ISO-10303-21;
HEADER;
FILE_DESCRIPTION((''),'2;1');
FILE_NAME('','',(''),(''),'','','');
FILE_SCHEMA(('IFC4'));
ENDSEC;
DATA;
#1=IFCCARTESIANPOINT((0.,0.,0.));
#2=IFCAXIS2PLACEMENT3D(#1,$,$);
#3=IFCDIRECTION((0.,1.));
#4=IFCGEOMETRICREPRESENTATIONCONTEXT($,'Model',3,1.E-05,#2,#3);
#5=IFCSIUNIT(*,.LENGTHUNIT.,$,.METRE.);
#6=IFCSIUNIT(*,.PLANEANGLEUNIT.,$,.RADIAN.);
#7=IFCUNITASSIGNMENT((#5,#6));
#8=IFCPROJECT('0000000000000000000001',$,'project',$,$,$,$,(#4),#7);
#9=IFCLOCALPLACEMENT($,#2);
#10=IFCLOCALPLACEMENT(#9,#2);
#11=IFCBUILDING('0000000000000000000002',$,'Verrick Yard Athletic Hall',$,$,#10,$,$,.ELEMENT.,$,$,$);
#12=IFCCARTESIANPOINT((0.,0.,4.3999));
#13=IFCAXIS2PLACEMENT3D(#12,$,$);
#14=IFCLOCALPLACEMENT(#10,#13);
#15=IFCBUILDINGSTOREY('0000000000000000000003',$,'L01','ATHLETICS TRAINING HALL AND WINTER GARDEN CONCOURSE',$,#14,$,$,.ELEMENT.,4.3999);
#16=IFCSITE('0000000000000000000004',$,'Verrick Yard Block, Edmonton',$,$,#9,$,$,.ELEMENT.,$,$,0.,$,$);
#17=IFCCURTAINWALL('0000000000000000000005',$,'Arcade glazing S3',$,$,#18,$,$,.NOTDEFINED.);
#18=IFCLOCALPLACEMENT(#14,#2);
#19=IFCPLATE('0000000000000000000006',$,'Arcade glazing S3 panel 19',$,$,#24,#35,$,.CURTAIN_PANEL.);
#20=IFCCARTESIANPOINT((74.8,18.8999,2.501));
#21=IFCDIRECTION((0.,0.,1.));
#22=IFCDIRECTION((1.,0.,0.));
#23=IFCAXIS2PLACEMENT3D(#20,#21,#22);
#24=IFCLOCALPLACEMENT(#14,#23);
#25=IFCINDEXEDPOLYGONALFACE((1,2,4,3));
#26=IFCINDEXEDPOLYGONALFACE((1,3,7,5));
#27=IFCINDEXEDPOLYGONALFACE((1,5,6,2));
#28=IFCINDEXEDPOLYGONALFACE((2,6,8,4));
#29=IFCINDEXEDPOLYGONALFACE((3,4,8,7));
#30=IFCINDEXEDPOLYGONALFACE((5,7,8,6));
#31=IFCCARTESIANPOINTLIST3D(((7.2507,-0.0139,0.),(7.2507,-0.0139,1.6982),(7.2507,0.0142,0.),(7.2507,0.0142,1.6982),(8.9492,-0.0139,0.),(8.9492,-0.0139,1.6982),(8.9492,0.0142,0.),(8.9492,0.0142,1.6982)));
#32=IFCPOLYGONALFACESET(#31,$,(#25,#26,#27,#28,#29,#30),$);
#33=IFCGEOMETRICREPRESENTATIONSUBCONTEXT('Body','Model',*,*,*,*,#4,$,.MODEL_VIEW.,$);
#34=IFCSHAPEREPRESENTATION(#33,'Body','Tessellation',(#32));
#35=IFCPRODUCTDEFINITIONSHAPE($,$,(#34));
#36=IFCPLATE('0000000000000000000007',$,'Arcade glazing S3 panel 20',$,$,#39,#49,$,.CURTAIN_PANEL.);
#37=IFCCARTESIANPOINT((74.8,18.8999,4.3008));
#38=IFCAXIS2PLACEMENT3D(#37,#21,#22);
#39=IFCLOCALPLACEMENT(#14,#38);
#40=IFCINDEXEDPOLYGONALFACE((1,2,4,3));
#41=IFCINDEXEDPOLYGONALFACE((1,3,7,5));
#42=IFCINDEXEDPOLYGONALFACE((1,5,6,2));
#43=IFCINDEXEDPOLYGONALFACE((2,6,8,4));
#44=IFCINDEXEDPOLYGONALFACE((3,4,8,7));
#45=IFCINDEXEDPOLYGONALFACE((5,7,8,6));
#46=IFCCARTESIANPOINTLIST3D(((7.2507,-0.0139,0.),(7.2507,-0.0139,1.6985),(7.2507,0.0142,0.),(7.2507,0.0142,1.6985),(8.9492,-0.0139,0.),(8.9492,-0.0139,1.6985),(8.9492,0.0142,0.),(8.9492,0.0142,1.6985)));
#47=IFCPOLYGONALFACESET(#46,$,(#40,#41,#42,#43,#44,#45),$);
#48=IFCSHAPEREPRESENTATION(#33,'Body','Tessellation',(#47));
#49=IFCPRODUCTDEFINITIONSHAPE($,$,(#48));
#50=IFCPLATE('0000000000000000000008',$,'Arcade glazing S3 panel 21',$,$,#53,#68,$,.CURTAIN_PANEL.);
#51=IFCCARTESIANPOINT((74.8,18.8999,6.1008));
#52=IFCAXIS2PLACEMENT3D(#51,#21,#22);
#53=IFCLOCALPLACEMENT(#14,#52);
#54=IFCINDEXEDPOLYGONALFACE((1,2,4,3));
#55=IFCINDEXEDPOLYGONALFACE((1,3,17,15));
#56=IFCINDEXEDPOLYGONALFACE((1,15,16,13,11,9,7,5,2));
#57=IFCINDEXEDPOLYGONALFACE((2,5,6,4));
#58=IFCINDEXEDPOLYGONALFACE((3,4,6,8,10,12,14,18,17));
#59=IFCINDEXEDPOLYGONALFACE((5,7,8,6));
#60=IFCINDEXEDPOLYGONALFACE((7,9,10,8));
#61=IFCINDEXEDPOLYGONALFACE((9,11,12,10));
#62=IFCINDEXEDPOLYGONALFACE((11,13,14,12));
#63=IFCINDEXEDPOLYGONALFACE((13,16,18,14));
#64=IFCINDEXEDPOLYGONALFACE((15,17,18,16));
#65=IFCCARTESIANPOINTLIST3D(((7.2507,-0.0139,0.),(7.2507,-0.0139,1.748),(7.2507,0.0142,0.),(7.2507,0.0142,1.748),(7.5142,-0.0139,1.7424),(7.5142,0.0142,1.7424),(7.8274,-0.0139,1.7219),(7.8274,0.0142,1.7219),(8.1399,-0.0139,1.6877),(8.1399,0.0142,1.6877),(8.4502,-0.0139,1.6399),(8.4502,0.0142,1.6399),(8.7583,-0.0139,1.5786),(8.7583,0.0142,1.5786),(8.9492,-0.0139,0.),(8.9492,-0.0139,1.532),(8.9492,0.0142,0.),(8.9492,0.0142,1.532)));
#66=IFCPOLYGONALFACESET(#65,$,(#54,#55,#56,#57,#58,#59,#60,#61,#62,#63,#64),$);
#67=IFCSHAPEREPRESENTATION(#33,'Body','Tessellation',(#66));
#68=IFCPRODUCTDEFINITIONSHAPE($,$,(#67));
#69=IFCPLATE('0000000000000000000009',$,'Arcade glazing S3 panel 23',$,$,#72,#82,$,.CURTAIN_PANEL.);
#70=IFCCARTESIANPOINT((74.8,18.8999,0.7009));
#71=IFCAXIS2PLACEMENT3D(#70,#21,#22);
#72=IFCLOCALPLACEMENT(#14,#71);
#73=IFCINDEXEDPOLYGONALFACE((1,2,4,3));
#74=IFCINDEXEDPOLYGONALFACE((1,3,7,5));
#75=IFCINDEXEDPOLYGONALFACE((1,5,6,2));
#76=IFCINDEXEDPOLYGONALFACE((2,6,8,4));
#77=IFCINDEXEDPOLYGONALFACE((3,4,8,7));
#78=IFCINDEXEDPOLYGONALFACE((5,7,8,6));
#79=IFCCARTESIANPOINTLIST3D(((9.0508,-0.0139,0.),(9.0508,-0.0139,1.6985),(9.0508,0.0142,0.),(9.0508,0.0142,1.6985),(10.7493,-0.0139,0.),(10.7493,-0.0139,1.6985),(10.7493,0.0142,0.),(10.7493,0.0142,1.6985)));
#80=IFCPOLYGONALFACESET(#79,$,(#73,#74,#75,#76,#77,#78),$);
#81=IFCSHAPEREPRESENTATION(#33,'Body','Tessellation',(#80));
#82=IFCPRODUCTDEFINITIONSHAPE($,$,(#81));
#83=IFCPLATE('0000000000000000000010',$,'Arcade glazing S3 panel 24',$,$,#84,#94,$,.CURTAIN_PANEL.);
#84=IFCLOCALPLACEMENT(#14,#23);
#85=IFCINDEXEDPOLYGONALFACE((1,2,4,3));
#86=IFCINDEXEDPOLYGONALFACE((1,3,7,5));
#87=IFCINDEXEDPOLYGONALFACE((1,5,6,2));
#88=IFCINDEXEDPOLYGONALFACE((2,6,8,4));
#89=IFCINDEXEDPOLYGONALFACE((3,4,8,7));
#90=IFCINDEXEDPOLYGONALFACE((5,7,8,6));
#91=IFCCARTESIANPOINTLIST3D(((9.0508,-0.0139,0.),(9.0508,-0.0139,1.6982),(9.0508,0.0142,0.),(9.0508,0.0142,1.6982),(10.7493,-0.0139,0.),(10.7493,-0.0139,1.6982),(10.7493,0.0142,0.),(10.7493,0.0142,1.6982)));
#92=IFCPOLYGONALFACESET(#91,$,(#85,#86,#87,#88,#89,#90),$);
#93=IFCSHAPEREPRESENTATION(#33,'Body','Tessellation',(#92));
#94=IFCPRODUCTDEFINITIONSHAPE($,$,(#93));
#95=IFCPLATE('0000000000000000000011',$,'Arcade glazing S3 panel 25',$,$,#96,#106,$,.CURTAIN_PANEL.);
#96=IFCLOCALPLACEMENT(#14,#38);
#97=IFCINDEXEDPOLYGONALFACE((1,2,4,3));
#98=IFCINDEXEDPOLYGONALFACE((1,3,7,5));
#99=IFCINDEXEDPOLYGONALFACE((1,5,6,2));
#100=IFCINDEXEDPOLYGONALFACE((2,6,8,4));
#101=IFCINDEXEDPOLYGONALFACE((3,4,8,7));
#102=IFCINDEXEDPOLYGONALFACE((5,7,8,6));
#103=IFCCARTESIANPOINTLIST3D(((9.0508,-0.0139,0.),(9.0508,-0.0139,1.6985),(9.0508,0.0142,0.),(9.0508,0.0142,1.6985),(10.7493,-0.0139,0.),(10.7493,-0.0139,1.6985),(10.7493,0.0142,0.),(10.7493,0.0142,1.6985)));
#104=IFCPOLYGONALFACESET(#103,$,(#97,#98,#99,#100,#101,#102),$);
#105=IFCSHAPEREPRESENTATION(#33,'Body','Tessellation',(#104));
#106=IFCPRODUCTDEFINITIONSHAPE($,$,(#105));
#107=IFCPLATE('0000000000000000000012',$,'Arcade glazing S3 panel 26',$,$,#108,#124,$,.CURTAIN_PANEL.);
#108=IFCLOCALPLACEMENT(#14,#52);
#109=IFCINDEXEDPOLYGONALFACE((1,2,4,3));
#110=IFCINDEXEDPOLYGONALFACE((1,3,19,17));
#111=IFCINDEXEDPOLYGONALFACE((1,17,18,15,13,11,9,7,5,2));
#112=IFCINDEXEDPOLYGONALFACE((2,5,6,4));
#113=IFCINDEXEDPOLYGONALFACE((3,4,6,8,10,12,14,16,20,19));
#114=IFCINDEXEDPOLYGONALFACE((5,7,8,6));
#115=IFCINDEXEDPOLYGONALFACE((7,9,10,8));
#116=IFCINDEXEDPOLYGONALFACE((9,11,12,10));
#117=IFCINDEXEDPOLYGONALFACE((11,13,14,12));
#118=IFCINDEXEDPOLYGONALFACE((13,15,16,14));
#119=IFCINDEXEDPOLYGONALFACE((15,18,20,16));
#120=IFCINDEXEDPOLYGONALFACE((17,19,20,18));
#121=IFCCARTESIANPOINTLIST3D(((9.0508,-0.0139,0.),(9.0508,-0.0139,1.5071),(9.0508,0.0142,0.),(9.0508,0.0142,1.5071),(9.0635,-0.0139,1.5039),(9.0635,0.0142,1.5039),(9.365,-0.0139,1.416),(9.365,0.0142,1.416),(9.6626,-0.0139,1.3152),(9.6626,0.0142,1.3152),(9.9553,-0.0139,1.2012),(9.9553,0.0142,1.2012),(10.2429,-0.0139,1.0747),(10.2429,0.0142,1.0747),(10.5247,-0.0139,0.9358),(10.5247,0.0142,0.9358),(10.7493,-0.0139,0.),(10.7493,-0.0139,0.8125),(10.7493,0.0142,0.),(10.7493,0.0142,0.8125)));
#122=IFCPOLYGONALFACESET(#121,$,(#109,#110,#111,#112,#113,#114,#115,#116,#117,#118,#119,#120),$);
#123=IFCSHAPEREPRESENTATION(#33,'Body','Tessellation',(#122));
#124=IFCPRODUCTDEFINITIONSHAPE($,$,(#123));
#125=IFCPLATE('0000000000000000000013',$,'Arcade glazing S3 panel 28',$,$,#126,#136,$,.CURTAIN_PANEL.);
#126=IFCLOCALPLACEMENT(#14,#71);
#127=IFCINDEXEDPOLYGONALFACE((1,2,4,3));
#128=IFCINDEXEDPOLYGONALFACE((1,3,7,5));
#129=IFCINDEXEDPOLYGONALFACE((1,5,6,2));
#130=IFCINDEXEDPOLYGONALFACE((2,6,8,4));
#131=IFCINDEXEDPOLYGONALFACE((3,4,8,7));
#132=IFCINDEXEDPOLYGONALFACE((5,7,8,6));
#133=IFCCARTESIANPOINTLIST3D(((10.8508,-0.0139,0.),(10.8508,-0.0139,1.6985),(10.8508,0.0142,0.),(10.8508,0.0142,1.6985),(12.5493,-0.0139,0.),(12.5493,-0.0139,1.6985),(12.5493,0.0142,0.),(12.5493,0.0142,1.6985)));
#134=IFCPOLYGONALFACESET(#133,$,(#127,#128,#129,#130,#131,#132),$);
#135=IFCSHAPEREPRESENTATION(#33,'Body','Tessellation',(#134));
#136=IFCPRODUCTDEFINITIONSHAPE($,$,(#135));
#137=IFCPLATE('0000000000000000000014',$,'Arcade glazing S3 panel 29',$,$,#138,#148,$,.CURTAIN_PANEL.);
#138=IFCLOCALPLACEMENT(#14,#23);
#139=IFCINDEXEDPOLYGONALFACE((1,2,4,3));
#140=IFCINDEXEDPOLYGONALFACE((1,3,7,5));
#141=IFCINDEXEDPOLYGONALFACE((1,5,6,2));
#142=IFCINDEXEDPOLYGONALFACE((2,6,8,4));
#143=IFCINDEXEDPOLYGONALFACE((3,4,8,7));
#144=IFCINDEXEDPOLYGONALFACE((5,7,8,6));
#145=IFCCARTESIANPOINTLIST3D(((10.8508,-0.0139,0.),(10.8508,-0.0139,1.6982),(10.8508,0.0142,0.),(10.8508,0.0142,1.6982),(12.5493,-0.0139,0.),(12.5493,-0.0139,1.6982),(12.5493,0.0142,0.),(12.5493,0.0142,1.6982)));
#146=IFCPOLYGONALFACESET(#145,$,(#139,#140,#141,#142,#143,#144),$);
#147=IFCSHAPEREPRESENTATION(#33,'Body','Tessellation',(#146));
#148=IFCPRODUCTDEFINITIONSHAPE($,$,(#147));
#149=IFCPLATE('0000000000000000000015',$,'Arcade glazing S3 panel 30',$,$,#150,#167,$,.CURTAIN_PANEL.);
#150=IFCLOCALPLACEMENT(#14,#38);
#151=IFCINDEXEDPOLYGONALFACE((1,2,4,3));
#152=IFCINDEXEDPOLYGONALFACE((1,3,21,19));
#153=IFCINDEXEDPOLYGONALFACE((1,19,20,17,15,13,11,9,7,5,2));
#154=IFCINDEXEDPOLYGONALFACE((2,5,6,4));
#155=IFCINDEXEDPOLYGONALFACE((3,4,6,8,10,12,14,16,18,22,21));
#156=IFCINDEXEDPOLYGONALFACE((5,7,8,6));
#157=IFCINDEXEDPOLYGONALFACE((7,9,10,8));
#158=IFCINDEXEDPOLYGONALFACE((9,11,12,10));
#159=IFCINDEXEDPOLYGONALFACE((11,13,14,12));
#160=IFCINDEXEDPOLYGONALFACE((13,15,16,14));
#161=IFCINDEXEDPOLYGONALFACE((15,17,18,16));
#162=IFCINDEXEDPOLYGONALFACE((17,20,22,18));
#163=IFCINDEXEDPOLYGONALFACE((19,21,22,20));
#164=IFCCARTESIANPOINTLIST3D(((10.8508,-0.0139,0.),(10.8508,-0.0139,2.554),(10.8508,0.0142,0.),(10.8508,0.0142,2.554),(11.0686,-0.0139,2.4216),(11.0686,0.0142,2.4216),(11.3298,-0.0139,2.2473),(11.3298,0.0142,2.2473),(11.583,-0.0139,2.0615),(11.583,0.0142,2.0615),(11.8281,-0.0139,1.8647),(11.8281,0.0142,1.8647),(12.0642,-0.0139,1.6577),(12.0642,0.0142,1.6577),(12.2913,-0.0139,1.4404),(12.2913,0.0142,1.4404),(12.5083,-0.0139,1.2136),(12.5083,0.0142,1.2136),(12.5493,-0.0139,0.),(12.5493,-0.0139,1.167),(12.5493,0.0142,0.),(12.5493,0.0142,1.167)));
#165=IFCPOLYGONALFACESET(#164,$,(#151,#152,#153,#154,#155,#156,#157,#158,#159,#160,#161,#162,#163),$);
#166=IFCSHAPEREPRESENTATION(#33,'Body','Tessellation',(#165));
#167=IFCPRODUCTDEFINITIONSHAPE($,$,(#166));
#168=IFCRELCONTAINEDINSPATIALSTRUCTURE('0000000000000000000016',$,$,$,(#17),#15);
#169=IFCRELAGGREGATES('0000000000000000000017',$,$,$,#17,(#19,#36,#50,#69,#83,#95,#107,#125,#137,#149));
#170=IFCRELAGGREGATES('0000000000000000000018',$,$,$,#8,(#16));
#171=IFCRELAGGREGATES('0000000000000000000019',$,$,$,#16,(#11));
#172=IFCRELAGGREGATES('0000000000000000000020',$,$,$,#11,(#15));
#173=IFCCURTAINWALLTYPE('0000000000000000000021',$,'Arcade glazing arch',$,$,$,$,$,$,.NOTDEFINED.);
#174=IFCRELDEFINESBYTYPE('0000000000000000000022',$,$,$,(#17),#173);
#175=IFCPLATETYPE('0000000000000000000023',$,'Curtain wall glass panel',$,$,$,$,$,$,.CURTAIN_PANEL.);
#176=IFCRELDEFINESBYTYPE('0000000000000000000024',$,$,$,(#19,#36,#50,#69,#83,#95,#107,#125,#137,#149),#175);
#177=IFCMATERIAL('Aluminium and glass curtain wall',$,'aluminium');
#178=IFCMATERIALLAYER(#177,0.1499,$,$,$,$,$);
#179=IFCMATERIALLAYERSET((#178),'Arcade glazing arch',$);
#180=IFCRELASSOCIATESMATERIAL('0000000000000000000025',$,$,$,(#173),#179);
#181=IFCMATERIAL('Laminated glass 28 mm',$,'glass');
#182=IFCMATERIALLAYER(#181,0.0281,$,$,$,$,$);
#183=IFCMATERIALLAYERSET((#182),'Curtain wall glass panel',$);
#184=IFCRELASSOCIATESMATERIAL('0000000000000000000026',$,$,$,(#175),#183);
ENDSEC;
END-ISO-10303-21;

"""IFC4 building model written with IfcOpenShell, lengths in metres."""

from ifc_helpers import new_model, si_unit, direction, frame, origin, place, context, subcontext, project, spatial, polyline, outline, extrude, material, layer, layer_set, type_object, element, aggregate, save


model = new_model("IFC4")

# Units and contexts
model_context = context("Model", 3, precision=1e-05, world=origin(), true_north=direction((0.0, 1.0)))
body_context = subcontext(model_context, "Body", "Model", "MODEL_VIEW")
ifc_project = project(units=[si_unit("LENGTHUNIT", "METRE"), si_unit("PLANEANGLEUNIT", "RADIAN")], contexts=[model_context])

# Site, building, storey
site_placement = place(None, origin())
site = spatial("IfcSite", under=ifc_project, at=site_placement, Name="Verrick Yard Block, Edmonton", CompositionType="ELEMENT", RefElevation=0.0)
building_placement = place(site_placement, origin())
building = spatial("IfcBuilding", under=site, at=building_placement, Name="Verrick Yard Athletic Hall", CompositionType="ELEMENT")
storey_placement = place(building_placement, frame((0.0, 0.0, 4.3999)))
storey = spatial("IfcBuildingStorey", under=building, at=storey_placement, Name="L01", Description="ATHLETICS TRAINING HALL AND WINTER GARDEN CONCOURSE", CompositionType="ELEMENT", Elevation=4.3999)

# Curtain wall, plates
ifc_material_1 = material(Name="Aluminium and glass curtain wall", Category="aluminium")
ifc_layer_1 = layer(ifc_material_1, 0.1499)
ifc_layer_set_1 = layer_set([ifc_layer_1], Name="Arcade glazing arch")
curtain_wall_type = type_object("IfcCurtainWallType", Name="Arcade glazing arch", PredefinedType="NOTDEFINED", material=ifc_layer_set_1)
curtain_wall_placement = place(storey_placement, origin())
curtain_wall = element("IfcCurtainWall", 1, at=curtain_wall_placement, inside=storey, type_object=curtain_wall_type, Name="Arcade glazing S3", PredefinedType="NOTDEFINED")
ifc_material_2 = material(Name="Laminated glass 28 mm", Category="glass")
ifc_layer_2 = layer(ifc_material_2, 0.0281)
ifc_layer_set_2 = layer_set([ifc_layer_2], Name="Curtain wall glass panel")
plate_type = type_object("IfcPlateType", Name="Curtain wall glass panel", PredefinedType="CURTAIN_PANEL", material=ifc_layer_set_2)
plate_1_placement = place(storey_placement, frame((74.8, 18.8999, 2.501), z_axis=(0.0, 0.0, 1.0), x_axis=(1.0, 0.0, 0.0)))
plate_1 = element("IfcPlate", 2, at=plate_1_placement, type_object=plate_type, Name="Arcade glazing S3 panel 19", PredefinedType="CURTAIN_PANEL", context=body_context, shape_type="SweptSolid", body=[
    extrude(outline(polyline([(8.9492, 0.0), (8.9492, 1.6982), (7.2507, 1.6982), (7.2507, 0.0), (8.9492, 0.0)])), frame((0.0, 0.0142, 0.0), z_axis=(0.0, -1.0, 0.0), x_axis=(1.0, 0.0, 0.0)), (0.0, 0.0, 1.0), 0.0281),
])
plate_2_placement = place(storey_placement, frame((74.8, 18.8999, 4.3008), z_axis=(0.0, 0.0, 1.0), x_axis=(1.0, 0.0, 0.0)))
plate_2 = element("IfcPlate", 3, at=plate_2_placement, type_object=plate_type, Name="Arcade glazing S3 panel 20", PredefinedType="CURTAIN_PANEL", context=body_context, shape_type="SweptSolid", body=[
    extrude(outline(polyline([(8.9492, 0.0), (8.9492, 1.6985), (7.2507, 1.6985), (7.2507, 0.0), (8.9492, 0.0)])), frame((0.0, 0.0142, 0.0), z_axis=(0.0, -1.0, 0.0), x_axis=(1.0, 0.0, 0.0)), (0.0, 0.0, 1.0), 0.0281),
])
plate_3_placement = place(storey_placement, frame((74.8, 18.8999, 6.1008), z_axis=(0.0, 0.0, 1.0), x_axis=(1.0, 0.0, 0.0)))
plate_3 = element("IfcPlate", 4, at=plate_3_placement, type_object=plate_type, Name="Arcade glazing S3 panel 21", PredefinedType="CURTAIN_PANEL", context=body_context, shape_type="SweptSolid", body=[
    extrude(outline(polyline([(8.9492, 1.532), (8.7583, 1.5786), (8.4502, 1.6399), (8.1399, 1.6877), (7.8274, 1.7219), (7.5142, 1.7424), (7.2507, 1.748), (7.2507, 0.0), (8.9492, 0.0), (8.9492, 1.532)])), frame((0.0, 0.0142, 0.0), z_axis=(0.0, -1.0, 0.0), x_axis=(1.0, 0.0, 0.0)), (0.0, 0.0, 1.0), 0.0281),
])
plate_4_placement = place(storey_placement, frame((74.8, 18.8999, 0.7009), z_axis=(0.0, 0.0, 1.0), x_axis=(1.0, 0.0, 0.0)))
plate_4 = element("IfcPlate", 5, at=plate_4_placement, type_object=plate_type, Name="Arcade glazing S3 panel 23", PredefinedType="CURTAIN_PANEL", context=body_context, shape_type="SweptSolid", body=[
    extrude(outline(polyline([(10.7493, 0.0), (10.7493, 1.6985), (9.0508, 1.6985), (9.0508, 0.0), (10.7493, 0.0)])), frame((0.0, 0.0142, 0.0), z_axis=(0.0, -1.0, 0.0), x_axis=(1.0, 0.0, 0.0)), (0.0, 0.0, 1.0), 0.0281),
])
plate_5_placement = place(storey_placement, frame((74.8, 18.8999, 2.501), z_axis=(0.0, 0.0, 1.0), x_axis=(1.0, 0.0, 0.0)))
plate_5 = element("IfcPlate", 6, at=plate_5_placement, type_object=plate_type, Name="Arcade glazing S3 panel 24", PredefinedType="CURTAIN_PANEL", context=body_context, shape_type="SweptSolid", body=[
    extrude(outline(polyline([(10.7493, 0.0), (10.7493, 1.6982), (9.0508, 1.6982), (9.0508, 0.0), (10.7493, 0.0)])), frame((0.0, 0.0142, 0.0), z_axis=(0.0, -1.0, 0.0), x_axis=(1.0, 0.0, 0.0)), (0.0, 0.0, 1.0), 0.0281),
])
plate_6_placement = place(storey_placement, frame((74.8, 18.8999, 4.3008), z_axis=(0.0, 0.0, 1.0), x_axis=(1.0, 0.0, 0.0)))
plate_6 = element("IfcPlate", 7, at=plate_6_placement, type_object=plate_type, Name="Arcade glazing S3 panel 25", PredefinedType="CURTAIN_PANEL", context=body_context, shape_type="SweptSolid", body=[
    extrude(outline(polyline([(10.7493, 0.0), (10.7493, 1.6985), (9.0508, 1.6985), (9.0508, 0.0), (10.7493, 0.0)])), frame((0.0, 0.0142, 0.0), z_axis=(0.0, -1.0, 0.0), x_axis=(1.0, 0.0, 0.0)), (0.0, 0.0, 1.0), 0.0281),
])
plate_7_placement = place(storey_placement, frame((74.8, 18.8999, 6.1008), z_axis=(0.0, 0.0, 1.0), x_axis=(1.0, 0.0, 0.0)))
plate_7 = element("IfcPlate", 8, at=plate_7_placement, type_object=plate_type, Name="Arcade glazing S3 panel 26", PredefinedType="CURTAIN_PANEL", context=body_context, shape_type="SweptSolid", body=[
    extrude(outline(polyline([(10.7493, 0.8125), (10.5247, 0.9358), (10.2429, 1.0747), (9.9553, 1.2012), (9.6626, 1.3152), (9.365, 1.416), (9.0635, 1.5039), (9.0508, 1.5071), (9.0508, 0.0), (10.7493, 0.0), (10.7493, 0.8125)])), frame((0.0, 0.0142, 0.0), z_axis=(0.0, -1.0, 0.0), x_axis=(1.0, 0.0, 0.0)), (0.0, 0.0, 1.0), 0.0281),
])
plate_8_placement = place(storey_placement, frame((74.8, 18.8999, 0.7009), z_axis=(0.0, 0.0, 1.0), x_axis=(1.0, 0.0, 0.0)))
plate_8 = element("IfcPlate", 9, at=plate_8_placement, type_object=plate_type, Name="Arcade glazing S3 panel 28", PredefinedType="CURTAIN_PANEL", context=body_context, shape_type="SweptSolid", body=[
    extrude(outline(polyline([(12.5493, 0.0), (12.5493, 1.6985), (10.8508, 1.6985), (10.8508, 0.0), (12.5493, 0.0)])), frame((0.0, 0.0142, 0.0), z_axis=(0.0, -1.0, 0.0), x_axis=(1.0, 0.0, 0.0)), (0.0, 0.0, 1.0), 0.0281),
])
plate_9_placement = place(storey_placement, frame((74.8, 18.8999, 2.501), z_axis=(0.0, 0.0, 1.0), x_axis=(1.0, 0.0, 0.0)))
plate_9 = element("IfcPlate", 10, at=plate_9_placement, type_object=plate_type, Name="Arcade glazing S3 panel 29", PredefinedType="CURTAIN_PANEL", context=body_context, shape_type="SweptSolid", body=[
    extrude(outline(polyline([(12.5493, 0.0), (12.5493, 1.6982), (10.8508, 1.6982), (10.8508, 0.0), (12.5493, 0.0)])), frame((0.0, 0.0142, 0.0), z_axis=(0.0, -1.0, 0.0), x_axis=(1.0, 0.0, 0.0)), (0.0, 0.0, 1.0), 0.0281),
])
plate_10_placement = place(storey_placement, frame((74.8, 18.8999, 4.3008), z_axis=(0.0, 0.0, 1.0), x_axis=(1.0, 0.0, 0.0)))
plate_10 = element("IfcPlate", 11, at=plate_10_placement, type_object=plate_type, Name="Arcade glazing S3 panel 30", PredefinedType="CURTAIN_PANEL", context=body_context, shape_type="SweptSolid", body=[
    extrude(outline(polyline([(12.5493, 1.167), (12.5083, 1.2136), (12.2913, 1.4404), (12.0642, 1.6577), (11.8281, 1.8647), (11.583, 2.0615), (11.3298, 2.2473), (11.0686, 2.4216), (10.8508, 2.554), (10.8508, 0.0), (12.5493, 0.0), (12.5493, 1.167)])), frame((0.0, 0.0142, 0.0), z_axis=(0.0, -1.0, 0.0), x_axis=(1.0, 0.0, 0.0)), (0.0, 0.0, 1.0), 0.0281),
])
aggregate(curtain_wall, [plate_1, plate_2, plate_3, plate_4, plate_5, plate_6, plate_7, plate_8, plate_9, plate_10])

save(model, "model.ifc")
